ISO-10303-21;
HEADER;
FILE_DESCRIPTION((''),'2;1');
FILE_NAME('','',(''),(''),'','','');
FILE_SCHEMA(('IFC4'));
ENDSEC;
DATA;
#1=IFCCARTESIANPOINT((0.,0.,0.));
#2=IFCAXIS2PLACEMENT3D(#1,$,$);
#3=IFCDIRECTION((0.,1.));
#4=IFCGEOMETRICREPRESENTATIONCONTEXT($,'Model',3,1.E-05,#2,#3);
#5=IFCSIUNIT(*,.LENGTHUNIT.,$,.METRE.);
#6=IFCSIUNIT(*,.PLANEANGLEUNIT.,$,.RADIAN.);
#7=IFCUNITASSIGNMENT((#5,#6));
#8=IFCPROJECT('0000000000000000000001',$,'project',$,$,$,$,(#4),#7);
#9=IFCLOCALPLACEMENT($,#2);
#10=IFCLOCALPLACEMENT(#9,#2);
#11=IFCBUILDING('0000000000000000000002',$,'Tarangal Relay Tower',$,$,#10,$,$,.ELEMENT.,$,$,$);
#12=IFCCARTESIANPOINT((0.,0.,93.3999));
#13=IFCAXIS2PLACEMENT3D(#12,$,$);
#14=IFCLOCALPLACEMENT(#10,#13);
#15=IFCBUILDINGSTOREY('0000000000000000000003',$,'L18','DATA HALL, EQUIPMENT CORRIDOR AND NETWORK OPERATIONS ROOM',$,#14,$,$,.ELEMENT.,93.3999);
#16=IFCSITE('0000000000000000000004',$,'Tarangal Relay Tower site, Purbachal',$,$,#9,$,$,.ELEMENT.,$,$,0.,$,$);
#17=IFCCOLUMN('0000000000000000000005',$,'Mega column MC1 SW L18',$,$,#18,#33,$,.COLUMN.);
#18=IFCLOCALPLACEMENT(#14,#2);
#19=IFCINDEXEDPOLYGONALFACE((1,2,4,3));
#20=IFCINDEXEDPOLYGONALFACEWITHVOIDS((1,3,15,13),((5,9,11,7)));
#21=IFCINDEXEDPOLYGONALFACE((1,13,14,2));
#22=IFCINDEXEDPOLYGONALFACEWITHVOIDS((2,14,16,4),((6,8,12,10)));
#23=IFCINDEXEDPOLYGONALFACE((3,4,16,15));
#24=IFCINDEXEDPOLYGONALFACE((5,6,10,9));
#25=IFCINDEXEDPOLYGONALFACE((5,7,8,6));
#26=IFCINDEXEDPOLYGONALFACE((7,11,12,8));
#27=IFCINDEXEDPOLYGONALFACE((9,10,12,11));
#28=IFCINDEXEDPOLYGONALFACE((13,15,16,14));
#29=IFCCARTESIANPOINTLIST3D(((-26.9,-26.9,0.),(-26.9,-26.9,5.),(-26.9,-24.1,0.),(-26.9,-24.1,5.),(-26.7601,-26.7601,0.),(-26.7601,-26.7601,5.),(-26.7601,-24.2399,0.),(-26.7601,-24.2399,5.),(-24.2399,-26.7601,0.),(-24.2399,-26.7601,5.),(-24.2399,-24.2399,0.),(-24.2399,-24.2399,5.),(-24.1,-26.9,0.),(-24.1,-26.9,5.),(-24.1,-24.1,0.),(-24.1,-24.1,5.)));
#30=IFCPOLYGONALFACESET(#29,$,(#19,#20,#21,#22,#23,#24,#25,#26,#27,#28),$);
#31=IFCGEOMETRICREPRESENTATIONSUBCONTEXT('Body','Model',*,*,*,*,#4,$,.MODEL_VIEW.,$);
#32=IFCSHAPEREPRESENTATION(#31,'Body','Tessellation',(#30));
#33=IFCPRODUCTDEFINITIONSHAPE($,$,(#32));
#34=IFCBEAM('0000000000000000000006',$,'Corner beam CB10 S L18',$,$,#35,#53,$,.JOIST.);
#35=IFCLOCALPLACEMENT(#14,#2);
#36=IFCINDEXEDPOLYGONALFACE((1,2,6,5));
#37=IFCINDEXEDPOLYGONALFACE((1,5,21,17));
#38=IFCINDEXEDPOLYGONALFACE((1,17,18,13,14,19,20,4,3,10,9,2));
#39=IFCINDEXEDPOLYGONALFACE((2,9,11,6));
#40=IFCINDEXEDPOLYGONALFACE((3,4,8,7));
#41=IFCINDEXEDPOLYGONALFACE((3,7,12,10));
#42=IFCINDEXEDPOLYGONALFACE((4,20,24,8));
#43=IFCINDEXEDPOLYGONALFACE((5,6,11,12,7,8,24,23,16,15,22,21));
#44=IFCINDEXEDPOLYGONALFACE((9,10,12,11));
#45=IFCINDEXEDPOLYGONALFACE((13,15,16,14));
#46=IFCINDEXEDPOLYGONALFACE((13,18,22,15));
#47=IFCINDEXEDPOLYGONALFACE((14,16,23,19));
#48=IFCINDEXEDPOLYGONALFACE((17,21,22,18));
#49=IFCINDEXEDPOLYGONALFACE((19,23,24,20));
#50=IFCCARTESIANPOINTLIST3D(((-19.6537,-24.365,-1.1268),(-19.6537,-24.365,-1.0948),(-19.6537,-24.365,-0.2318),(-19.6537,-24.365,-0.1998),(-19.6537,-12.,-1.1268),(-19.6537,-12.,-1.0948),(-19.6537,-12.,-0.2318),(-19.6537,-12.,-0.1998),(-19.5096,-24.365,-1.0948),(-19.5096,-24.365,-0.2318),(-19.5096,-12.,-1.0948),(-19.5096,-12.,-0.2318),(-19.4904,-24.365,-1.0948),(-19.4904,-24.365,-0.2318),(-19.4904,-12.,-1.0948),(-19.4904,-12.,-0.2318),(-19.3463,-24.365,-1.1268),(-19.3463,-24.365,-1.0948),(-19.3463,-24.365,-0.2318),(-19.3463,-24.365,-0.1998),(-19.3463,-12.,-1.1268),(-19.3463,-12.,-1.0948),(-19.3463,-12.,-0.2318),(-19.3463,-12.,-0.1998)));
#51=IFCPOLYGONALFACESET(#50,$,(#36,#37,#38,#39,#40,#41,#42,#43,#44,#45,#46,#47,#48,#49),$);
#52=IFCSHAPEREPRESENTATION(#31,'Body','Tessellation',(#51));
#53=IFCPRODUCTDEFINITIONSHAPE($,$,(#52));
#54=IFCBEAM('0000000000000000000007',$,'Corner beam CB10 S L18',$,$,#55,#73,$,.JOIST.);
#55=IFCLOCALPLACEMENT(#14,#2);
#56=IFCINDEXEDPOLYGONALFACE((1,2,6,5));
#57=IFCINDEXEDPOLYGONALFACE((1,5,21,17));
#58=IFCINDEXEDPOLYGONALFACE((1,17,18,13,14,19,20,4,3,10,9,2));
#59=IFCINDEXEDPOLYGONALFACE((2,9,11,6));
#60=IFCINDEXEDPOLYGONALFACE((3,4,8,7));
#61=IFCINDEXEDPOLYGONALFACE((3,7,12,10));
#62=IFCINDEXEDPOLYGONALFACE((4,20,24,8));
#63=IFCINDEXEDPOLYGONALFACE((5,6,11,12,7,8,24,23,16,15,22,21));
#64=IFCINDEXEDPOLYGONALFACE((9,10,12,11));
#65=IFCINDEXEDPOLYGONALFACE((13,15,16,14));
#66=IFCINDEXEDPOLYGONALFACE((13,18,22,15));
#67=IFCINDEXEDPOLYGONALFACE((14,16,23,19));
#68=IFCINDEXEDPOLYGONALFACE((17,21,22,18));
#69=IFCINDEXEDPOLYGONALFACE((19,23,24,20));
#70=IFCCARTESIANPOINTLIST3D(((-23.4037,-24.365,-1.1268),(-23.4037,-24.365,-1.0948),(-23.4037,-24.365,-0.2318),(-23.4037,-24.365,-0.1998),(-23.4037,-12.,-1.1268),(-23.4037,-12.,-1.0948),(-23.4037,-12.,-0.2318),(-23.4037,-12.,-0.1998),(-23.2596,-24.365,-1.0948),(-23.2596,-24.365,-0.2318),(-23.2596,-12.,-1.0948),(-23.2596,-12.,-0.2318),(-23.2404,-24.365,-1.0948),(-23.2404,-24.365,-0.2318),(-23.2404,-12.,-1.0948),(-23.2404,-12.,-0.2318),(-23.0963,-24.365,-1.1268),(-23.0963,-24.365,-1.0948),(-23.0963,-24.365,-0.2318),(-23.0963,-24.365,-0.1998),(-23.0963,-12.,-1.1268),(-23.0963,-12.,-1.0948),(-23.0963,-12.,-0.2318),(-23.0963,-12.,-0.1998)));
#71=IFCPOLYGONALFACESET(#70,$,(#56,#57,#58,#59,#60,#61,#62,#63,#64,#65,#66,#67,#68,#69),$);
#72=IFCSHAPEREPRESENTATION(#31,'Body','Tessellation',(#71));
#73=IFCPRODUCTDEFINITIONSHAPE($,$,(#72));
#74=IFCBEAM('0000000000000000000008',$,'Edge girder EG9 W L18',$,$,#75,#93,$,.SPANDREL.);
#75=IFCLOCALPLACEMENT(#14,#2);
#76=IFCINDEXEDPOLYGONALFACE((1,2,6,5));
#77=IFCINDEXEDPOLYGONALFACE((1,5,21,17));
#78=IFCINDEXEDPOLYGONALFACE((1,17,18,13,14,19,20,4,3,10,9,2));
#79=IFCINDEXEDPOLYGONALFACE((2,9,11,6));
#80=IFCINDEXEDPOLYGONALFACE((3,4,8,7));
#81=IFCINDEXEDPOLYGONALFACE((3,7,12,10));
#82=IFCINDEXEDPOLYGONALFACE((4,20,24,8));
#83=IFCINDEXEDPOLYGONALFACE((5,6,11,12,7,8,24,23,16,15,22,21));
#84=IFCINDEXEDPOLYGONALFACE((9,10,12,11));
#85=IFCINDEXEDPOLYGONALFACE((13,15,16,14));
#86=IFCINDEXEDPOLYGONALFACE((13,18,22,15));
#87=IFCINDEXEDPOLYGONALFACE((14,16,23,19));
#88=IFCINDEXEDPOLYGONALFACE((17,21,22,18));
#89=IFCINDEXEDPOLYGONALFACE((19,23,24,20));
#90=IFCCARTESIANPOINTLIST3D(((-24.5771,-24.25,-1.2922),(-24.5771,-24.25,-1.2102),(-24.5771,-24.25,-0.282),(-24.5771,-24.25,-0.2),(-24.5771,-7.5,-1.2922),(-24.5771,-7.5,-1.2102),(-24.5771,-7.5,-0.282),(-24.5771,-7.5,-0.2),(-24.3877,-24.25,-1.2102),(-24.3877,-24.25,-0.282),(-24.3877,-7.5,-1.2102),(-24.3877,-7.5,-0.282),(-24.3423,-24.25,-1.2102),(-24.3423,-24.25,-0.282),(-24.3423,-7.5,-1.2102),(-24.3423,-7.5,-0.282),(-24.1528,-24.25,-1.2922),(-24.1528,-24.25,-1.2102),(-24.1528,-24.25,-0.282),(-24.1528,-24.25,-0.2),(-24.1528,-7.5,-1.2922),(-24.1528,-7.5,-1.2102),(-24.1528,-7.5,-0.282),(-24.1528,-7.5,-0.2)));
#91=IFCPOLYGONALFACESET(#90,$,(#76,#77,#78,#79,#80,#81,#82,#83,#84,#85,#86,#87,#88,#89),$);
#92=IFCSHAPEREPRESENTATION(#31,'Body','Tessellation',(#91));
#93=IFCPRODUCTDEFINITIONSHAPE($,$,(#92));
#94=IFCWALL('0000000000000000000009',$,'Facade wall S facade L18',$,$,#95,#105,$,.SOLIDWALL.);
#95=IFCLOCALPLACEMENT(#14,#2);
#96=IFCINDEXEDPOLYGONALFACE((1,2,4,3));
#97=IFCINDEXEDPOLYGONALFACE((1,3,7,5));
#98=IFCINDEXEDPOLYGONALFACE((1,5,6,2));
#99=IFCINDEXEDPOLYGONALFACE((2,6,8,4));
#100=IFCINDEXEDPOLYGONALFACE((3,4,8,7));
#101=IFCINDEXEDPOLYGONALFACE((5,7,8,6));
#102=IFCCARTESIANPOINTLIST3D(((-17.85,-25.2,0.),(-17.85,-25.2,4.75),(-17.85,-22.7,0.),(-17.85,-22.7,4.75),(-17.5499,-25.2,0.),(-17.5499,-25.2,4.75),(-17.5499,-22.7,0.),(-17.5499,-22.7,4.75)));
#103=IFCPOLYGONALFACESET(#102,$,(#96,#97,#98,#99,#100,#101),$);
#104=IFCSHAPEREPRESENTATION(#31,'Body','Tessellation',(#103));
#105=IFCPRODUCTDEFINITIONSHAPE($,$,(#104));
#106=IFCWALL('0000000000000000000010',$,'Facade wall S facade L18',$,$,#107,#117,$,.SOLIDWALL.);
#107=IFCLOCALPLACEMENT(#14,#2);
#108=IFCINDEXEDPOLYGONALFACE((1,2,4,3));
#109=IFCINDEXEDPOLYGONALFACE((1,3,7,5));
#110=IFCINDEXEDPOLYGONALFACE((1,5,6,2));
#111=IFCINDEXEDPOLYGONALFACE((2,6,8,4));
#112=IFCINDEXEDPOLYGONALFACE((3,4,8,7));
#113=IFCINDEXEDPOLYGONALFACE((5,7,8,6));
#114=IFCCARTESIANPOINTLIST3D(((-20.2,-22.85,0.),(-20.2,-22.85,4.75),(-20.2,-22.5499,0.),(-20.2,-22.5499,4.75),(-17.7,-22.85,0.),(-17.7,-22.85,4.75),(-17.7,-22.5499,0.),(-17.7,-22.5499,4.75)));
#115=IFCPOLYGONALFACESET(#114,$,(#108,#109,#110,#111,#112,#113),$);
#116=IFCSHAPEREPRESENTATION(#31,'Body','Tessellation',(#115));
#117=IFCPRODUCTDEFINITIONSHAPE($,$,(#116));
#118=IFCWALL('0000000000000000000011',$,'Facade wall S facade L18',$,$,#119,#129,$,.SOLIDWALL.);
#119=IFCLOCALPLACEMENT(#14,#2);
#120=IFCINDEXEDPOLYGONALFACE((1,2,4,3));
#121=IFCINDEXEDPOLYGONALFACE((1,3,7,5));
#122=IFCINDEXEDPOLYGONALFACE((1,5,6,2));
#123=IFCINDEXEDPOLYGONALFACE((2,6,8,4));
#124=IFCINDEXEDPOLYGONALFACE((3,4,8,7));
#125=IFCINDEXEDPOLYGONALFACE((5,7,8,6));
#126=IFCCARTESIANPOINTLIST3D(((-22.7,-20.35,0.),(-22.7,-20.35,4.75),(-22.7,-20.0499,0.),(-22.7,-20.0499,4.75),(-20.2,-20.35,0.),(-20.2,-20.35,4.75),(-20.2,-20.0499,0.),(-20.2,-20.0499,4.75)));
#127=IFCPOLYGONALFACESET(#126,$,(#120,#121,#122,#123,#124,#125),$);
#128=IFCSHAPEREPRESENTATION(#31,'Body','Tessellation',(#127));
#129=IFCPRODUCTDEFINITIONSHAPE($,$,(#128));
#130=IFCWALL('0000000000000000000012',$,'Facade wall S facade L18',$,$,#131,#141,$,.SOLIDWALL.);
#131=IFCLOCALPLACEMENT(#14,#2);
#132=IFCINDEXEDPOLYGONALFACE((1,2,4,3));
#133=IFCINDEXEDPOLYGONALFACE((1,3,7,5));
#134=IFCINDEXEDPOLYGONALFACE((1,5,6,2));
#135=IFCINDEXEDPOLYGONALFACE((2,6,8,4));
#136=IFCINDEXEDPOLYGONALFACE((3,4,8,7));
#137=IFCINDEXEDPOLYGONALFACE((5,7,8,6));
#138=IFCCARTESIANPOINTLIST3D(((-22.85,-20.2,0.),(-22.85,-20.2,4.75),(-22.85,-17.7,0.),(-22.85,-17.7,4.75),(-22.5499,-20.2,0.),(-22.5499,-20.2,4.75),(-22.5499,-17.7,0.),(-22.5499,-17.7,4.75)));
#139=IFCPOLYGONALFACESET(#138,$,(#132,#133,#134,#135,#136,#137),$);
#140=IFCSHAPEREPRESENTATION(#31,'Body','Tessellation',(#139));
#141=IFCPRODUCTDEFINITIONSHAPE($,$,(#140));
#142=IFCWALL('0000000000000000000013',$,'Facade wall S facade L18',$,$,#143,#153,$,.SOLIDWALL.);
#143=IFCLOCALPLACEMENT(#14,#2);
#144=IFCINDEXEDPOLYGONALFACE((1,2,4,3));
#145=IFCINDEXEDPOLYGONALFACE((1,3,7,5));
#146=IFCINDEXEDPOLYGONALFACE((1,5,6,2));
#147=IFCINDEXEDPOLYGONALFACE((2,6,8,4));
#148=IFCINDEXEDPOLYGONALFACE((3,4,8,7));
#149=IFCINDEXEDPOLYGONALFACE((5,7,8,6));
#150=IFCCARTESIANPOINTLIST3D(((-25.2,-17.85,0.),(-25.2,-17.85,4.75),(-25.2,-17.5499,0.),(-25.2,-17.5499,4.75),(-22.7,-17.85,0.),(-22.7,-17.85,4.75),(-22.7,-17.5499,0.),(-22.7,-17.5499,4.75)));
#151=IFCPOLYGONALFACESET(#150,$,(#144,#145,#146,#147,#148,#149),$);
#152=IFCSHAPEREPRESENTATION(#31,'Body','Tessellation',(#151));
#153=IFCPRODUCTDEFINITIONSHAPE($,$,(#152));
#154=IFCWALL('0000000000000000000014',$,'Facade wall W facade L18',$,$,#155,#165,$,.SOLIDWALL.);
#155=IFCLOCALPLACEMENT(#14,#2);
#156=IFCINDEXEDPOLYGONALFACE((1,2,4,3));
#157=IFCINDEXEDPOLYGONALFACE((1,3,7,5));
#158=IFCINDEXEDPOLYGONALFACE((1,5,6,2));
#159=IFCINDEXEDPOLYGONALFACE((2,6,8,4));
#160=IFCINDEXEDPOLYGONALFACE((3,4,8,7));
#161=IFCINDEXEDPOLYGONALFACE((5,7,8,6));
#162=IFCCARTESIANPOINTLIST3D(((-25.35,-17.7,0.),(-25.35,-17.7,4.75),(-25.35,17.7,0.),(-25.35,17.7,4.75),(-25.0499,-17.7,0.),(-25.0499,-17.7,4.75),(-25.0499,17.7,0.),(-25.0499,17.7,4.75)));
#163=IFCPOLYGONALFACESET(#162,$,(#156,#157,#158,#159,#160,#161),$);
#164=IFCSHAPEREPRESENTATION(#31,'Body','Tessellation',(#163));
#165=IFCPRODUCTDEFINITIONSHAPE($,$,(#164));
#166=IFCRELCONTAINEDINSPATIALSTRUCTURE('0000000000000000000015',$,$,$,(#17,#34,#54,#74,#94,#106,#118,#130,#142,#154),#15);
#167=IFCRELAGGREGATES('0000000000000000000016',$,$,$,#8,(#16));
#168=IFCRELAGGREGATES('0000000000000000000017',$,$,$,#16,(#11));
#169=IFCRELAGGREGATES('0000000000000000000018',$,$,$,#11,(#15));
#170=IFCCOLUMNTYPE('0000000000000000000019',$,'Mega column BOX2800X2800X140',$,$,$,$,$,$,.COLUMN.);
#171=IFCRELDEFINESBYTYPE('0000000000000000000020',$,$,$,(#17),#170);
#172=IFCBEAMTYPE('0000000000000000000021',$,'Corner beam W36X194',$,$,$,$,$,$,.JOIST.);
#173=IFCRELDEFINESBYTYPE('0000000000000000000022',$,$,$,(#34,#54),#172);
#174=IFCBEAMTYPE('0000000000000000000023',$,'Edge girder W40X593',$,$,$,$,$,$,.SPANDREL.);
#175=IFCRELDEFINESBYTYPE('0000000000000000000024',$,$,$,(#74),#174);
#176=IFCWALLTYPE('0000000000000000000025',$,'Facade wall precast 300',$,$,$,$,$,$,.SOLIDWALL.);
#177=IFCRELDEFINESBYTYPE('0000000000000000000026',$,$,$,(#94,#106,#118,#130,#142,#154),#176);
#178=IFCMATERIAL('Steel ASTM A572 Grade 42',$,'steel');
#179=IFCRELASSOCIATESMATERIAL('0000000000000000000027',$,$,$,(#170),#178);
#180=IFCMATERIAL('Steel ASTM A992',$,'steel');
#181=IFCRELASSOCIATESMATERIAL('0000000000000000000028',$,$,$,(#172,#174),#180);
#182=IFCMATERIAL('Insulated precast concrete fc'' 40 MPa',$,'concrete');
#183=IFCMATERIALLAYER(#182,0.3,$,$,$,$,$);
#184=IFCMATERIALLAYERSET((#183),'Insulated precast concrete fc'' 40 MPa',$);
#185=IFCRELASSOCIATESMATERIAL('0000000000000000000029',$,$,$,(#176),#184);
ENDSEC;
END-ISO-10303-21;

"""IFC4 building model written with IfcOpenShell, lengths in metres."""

from ifc_helpers import new_model, si_unit, direction, frame, frame_2d, origin, origin_2d, place, context, subcontext, project, spatial, rectangle, hollow_rectangle, i_section, extrude, material, layer, layer_set, material_profile, profile_set, type_object, element, save


model = new_model("IFC4")

# Units and contexts
model_context = context("Model", 3, precision=1e-05, world=origin(), true_north=direction((0.0, 1.0)))
body_context = subcontext(model_context, "Body", "Model", "MODEL_VIEW")
ifc_project = project(units=[si_unit("LENGTHUNIT", "METRE"), si_unit("PLANEANGLEUNIT", "RADIAN")], contexts=[model_context])

# Site, building, storey
site_placement = place(None, origin())
site = spatial("IfcSite", under=ifc_project, at=site_placement, Name="Tarangal Relay Tower site, Purbachal", CompositionType="ELEMENT", RefElevation=0.0)
building_placement = place(site_placement, origin())
building = spatial("IfcBuilding", under=site, at=building_placement, Name="Tarangal Relay Tower", CompositionType="ELEMENT")
storey_placement = place(building_placement, frame((0.0, 0.0, 93.3999)))
storey = spatial("IfcBuildingStorey", under=building, at=storey_placement, Name="L18", Description="DATA HALL, EQUIPMENT CORRIDOR AND NETWORK OPERATIONS ROOM", CompositionType="ELEMENT", Elevation=93.3999)

# Column
ifc_material_1 = material(Name="Steel ASTM A572 Grade 42", Category="steel")
ifc_material_profile_1 = material_profile(ifc_material_1, hollow_rectangle(XDim=2.8, YDim=2.8, WallThickness=0.1399, at=origin_2d()), Name="BOX2800X2800X140")
ifc_profile_set_1 = profile_set([ifc_material_profile_1], Name="Steel ASTM A572 Grade 42")
column_type = type_object("IfcColumnType", Name="Mega column BOX2800X2800X140", PredefinedType="COLUMN", material=ifc_profile_set_1)
column_placement = place(storey_placement, frame((-25.5, -25.5, 0.0), z_axis=(0.0, 0.0, 1.0), x_axis=(1.0, 0.0, 0.0)))
element("IfcColumn", 1, at=column_placement, inside=storey, type_object=column_type, Name="Mega column MC1 SW L18", PredefinedType="COLUMN", context=body_context, shape_type="SweptSolid", body=[
    extrude(hollow_rectangle(XDim=2.8, YDim=2.8, WallThickness=0.1399, at=origin_2d()), origin(), (0.0, 0.0, 1.0), 5.0),
])

# Beams
ifc_material_2 = material(Name="Steel ASTM A992", Category="steel")
ifc_material_profile_2 = material_profile(ifc_material_2, i_section(OverallWidth=0.3074, OverallDepth=0.927, WebThickness=0.0193, FlangeThickness=0.032, at=origin_2d()), Name="W36X194")
ifc_profile_set_2 = profile_set([ifc_material_profile_2], Name="Steel ASTM A992")
beam_type_1 = type_object("IfcBeamType", Name="Corner beam W36X194", PredefinedType="JOIST", material=ifc_profile_set_2)
for number, where, z_axis, x_axis, name in (
    (2, (-19.5, -12.0, -0.6633), (0.0, -1.0, 0.0), (1.0, 0.0, 0.0), "Corner beam CB10 S L18"),
    (3, (-23.25, -12.0, -0.6633), (0.0, -1.0, 0.0), (1.0, 0.0, 0.0), "Corner beam CB10 S L18"),
):
    element("IfcBeam", number, at=place(storey_placement, frame(where, z_axis=z_axis, x_axis=x_axis)), inside=storey, type_object=beam_type_1, Name=name, PredefinedType="JOIST", context=body_context, shape_type="SweptSolid", body=[
        extrude(i_section(OverallWidth=0.3074, OverallDepth=0.927, WebThickness=0.0193, FlangeThickness=0.032, at=origin_2d()), origin(), (0.0, 0.0, 1.0), 12.365),
    ])
ifc_material_profile_3 = material_profile(ifc_material_2, i_section(OverallWidth=0.4243, OverallDepth=1.0923, WebThickness=0.0454, FlangeThickness=0.082, at=origin_2d()), Name="W40X593")
ifc_profile_set_3 = profile_set([ifc_material_profile_3], Name="Steel ASTM A992")
beam_type_2 = type_object("IfcBeamType", Name="Edge girder W40X593", PredefinedType="SPANDREL", material=ifc_profile_set_3)
beam_placement = place(storey_placement, frame((-24.365, -24.25, -0.7461), z_axis=(0.0, 1.0, 0.0), x_axis=(-1.0, 0.0, 0.0)))
element("IfcBeam", 4, at=beam_placement, inside=storey, type_object=beam_type_2, Name="Edge girder EG9 W L18", PredefinedType="SPANDREL", context=body_context, shape_type="SweptSolid", body=[
    extrude(i_section(OverallWidth=0.4243, OverallDepth=1.0923, WebThickness=0.0454, FlangeThickness=0.082, at=origin_2d()), origin(), (0.0, 0.0, 1.0), 16.75),
])

# Walls
ifc_material_3 = material(Name="Insulated precast concrete fc' 40 MPa", Category="concrete")
ifc_layer_1 = layer(ifc_material_3, 0.3)
ifc_layer_set_1 = layer_set([ifc_layer_1], Name="Insulated precast concrete fc' 40 MPa")
wall_type_1 = type_object("IfcWallType", Name="Facade wall precast 300", PredefinedType="SOLIDWALL", material=ifc_layer_set_1)
for number, where, z_axis, x_axis, name in (
    (5, (-17.7, -25.2, 0.0), (0.0, 0.0, 1.0), (0.0, 1.0, 0.0), "Facade wall S facade L18"),
    (6, (-17.7, -22.7, 0.0), (0.0, 0.0, 1.0), (-1.0, 0.0, 0.0), "Facade wall S facade L18"),
):
    element("IfcWall", number, at=place(storey_placement, frame(where, z_axis=z_axis, x_axis=x_axis)), inside=storey, type_object=wall_type_1, Name=name, PredefinedType="SOLIDWALL", context=body_context, shape_type="SweptSolid", body=[
        extrude(rectangle(XDim=2.5, YDim=0.3, at=frame_2d((1.25, 0.0))), origin(), (0.0, 0.0, 1.0), 4.75),
    ])

# Walls
for number, where, z_axis, x_axis, name in (
    (7, (-20.2, -20.2, 0.0), (0.0, 0.0, 1.0), (-1.0, 0.0, 0.0), "Facade wall S facade L18"),
    (8, (-22.7, -20.2, 0.0), (0.0, 0.0, 1.0), (0.0, 1.0, 0.0), "Facade wall S facade L18"),
    (9, (-22.7, -17.7, 0.0), (0.0, 0.0, 1.0), (-1.0, 0.0, 0.0), "Facade wall S facade L18"),
):
    element("IfcWall", number, at=place(storey_placement, frame(where, z_axis=z_axis, x_axis=x_axis)), inside=storey, type_object=wall_type_1, Name=name, PredefinedType="SOLIDWALL", context=body_context, shape_type="SweptSolid", body=[
        extrude(rectangle(XDim=2.5, YDim=0.3, at=frame_2d((1.25, 0.0))), origin(), (0.0, 0.0, 1.0), 4.75),
    ])
wall_1_placement = place(storey_placement, frame((-25.2, -17.7, 0.0), z_axis=(0.0, 0.0, 1.0), x_axis=(0.0, 1.0, 0.0)))
element("IfcWall", 10, at=wall_1_placement, inside=storey, type_object=wall_type_1, Name="Facade wall W facade L18", PredefinedType="SOLIDWALL", context=body_context, shape_type="SweptSolid", body=[
    extrude(rectangle(XDim=35.3999, YDim=0.3, at=frame_2d((17.7, 0.0))), origin(), (0.0, 0.0, 1.0), 4.75),
])

save(model, "model.ifc")
